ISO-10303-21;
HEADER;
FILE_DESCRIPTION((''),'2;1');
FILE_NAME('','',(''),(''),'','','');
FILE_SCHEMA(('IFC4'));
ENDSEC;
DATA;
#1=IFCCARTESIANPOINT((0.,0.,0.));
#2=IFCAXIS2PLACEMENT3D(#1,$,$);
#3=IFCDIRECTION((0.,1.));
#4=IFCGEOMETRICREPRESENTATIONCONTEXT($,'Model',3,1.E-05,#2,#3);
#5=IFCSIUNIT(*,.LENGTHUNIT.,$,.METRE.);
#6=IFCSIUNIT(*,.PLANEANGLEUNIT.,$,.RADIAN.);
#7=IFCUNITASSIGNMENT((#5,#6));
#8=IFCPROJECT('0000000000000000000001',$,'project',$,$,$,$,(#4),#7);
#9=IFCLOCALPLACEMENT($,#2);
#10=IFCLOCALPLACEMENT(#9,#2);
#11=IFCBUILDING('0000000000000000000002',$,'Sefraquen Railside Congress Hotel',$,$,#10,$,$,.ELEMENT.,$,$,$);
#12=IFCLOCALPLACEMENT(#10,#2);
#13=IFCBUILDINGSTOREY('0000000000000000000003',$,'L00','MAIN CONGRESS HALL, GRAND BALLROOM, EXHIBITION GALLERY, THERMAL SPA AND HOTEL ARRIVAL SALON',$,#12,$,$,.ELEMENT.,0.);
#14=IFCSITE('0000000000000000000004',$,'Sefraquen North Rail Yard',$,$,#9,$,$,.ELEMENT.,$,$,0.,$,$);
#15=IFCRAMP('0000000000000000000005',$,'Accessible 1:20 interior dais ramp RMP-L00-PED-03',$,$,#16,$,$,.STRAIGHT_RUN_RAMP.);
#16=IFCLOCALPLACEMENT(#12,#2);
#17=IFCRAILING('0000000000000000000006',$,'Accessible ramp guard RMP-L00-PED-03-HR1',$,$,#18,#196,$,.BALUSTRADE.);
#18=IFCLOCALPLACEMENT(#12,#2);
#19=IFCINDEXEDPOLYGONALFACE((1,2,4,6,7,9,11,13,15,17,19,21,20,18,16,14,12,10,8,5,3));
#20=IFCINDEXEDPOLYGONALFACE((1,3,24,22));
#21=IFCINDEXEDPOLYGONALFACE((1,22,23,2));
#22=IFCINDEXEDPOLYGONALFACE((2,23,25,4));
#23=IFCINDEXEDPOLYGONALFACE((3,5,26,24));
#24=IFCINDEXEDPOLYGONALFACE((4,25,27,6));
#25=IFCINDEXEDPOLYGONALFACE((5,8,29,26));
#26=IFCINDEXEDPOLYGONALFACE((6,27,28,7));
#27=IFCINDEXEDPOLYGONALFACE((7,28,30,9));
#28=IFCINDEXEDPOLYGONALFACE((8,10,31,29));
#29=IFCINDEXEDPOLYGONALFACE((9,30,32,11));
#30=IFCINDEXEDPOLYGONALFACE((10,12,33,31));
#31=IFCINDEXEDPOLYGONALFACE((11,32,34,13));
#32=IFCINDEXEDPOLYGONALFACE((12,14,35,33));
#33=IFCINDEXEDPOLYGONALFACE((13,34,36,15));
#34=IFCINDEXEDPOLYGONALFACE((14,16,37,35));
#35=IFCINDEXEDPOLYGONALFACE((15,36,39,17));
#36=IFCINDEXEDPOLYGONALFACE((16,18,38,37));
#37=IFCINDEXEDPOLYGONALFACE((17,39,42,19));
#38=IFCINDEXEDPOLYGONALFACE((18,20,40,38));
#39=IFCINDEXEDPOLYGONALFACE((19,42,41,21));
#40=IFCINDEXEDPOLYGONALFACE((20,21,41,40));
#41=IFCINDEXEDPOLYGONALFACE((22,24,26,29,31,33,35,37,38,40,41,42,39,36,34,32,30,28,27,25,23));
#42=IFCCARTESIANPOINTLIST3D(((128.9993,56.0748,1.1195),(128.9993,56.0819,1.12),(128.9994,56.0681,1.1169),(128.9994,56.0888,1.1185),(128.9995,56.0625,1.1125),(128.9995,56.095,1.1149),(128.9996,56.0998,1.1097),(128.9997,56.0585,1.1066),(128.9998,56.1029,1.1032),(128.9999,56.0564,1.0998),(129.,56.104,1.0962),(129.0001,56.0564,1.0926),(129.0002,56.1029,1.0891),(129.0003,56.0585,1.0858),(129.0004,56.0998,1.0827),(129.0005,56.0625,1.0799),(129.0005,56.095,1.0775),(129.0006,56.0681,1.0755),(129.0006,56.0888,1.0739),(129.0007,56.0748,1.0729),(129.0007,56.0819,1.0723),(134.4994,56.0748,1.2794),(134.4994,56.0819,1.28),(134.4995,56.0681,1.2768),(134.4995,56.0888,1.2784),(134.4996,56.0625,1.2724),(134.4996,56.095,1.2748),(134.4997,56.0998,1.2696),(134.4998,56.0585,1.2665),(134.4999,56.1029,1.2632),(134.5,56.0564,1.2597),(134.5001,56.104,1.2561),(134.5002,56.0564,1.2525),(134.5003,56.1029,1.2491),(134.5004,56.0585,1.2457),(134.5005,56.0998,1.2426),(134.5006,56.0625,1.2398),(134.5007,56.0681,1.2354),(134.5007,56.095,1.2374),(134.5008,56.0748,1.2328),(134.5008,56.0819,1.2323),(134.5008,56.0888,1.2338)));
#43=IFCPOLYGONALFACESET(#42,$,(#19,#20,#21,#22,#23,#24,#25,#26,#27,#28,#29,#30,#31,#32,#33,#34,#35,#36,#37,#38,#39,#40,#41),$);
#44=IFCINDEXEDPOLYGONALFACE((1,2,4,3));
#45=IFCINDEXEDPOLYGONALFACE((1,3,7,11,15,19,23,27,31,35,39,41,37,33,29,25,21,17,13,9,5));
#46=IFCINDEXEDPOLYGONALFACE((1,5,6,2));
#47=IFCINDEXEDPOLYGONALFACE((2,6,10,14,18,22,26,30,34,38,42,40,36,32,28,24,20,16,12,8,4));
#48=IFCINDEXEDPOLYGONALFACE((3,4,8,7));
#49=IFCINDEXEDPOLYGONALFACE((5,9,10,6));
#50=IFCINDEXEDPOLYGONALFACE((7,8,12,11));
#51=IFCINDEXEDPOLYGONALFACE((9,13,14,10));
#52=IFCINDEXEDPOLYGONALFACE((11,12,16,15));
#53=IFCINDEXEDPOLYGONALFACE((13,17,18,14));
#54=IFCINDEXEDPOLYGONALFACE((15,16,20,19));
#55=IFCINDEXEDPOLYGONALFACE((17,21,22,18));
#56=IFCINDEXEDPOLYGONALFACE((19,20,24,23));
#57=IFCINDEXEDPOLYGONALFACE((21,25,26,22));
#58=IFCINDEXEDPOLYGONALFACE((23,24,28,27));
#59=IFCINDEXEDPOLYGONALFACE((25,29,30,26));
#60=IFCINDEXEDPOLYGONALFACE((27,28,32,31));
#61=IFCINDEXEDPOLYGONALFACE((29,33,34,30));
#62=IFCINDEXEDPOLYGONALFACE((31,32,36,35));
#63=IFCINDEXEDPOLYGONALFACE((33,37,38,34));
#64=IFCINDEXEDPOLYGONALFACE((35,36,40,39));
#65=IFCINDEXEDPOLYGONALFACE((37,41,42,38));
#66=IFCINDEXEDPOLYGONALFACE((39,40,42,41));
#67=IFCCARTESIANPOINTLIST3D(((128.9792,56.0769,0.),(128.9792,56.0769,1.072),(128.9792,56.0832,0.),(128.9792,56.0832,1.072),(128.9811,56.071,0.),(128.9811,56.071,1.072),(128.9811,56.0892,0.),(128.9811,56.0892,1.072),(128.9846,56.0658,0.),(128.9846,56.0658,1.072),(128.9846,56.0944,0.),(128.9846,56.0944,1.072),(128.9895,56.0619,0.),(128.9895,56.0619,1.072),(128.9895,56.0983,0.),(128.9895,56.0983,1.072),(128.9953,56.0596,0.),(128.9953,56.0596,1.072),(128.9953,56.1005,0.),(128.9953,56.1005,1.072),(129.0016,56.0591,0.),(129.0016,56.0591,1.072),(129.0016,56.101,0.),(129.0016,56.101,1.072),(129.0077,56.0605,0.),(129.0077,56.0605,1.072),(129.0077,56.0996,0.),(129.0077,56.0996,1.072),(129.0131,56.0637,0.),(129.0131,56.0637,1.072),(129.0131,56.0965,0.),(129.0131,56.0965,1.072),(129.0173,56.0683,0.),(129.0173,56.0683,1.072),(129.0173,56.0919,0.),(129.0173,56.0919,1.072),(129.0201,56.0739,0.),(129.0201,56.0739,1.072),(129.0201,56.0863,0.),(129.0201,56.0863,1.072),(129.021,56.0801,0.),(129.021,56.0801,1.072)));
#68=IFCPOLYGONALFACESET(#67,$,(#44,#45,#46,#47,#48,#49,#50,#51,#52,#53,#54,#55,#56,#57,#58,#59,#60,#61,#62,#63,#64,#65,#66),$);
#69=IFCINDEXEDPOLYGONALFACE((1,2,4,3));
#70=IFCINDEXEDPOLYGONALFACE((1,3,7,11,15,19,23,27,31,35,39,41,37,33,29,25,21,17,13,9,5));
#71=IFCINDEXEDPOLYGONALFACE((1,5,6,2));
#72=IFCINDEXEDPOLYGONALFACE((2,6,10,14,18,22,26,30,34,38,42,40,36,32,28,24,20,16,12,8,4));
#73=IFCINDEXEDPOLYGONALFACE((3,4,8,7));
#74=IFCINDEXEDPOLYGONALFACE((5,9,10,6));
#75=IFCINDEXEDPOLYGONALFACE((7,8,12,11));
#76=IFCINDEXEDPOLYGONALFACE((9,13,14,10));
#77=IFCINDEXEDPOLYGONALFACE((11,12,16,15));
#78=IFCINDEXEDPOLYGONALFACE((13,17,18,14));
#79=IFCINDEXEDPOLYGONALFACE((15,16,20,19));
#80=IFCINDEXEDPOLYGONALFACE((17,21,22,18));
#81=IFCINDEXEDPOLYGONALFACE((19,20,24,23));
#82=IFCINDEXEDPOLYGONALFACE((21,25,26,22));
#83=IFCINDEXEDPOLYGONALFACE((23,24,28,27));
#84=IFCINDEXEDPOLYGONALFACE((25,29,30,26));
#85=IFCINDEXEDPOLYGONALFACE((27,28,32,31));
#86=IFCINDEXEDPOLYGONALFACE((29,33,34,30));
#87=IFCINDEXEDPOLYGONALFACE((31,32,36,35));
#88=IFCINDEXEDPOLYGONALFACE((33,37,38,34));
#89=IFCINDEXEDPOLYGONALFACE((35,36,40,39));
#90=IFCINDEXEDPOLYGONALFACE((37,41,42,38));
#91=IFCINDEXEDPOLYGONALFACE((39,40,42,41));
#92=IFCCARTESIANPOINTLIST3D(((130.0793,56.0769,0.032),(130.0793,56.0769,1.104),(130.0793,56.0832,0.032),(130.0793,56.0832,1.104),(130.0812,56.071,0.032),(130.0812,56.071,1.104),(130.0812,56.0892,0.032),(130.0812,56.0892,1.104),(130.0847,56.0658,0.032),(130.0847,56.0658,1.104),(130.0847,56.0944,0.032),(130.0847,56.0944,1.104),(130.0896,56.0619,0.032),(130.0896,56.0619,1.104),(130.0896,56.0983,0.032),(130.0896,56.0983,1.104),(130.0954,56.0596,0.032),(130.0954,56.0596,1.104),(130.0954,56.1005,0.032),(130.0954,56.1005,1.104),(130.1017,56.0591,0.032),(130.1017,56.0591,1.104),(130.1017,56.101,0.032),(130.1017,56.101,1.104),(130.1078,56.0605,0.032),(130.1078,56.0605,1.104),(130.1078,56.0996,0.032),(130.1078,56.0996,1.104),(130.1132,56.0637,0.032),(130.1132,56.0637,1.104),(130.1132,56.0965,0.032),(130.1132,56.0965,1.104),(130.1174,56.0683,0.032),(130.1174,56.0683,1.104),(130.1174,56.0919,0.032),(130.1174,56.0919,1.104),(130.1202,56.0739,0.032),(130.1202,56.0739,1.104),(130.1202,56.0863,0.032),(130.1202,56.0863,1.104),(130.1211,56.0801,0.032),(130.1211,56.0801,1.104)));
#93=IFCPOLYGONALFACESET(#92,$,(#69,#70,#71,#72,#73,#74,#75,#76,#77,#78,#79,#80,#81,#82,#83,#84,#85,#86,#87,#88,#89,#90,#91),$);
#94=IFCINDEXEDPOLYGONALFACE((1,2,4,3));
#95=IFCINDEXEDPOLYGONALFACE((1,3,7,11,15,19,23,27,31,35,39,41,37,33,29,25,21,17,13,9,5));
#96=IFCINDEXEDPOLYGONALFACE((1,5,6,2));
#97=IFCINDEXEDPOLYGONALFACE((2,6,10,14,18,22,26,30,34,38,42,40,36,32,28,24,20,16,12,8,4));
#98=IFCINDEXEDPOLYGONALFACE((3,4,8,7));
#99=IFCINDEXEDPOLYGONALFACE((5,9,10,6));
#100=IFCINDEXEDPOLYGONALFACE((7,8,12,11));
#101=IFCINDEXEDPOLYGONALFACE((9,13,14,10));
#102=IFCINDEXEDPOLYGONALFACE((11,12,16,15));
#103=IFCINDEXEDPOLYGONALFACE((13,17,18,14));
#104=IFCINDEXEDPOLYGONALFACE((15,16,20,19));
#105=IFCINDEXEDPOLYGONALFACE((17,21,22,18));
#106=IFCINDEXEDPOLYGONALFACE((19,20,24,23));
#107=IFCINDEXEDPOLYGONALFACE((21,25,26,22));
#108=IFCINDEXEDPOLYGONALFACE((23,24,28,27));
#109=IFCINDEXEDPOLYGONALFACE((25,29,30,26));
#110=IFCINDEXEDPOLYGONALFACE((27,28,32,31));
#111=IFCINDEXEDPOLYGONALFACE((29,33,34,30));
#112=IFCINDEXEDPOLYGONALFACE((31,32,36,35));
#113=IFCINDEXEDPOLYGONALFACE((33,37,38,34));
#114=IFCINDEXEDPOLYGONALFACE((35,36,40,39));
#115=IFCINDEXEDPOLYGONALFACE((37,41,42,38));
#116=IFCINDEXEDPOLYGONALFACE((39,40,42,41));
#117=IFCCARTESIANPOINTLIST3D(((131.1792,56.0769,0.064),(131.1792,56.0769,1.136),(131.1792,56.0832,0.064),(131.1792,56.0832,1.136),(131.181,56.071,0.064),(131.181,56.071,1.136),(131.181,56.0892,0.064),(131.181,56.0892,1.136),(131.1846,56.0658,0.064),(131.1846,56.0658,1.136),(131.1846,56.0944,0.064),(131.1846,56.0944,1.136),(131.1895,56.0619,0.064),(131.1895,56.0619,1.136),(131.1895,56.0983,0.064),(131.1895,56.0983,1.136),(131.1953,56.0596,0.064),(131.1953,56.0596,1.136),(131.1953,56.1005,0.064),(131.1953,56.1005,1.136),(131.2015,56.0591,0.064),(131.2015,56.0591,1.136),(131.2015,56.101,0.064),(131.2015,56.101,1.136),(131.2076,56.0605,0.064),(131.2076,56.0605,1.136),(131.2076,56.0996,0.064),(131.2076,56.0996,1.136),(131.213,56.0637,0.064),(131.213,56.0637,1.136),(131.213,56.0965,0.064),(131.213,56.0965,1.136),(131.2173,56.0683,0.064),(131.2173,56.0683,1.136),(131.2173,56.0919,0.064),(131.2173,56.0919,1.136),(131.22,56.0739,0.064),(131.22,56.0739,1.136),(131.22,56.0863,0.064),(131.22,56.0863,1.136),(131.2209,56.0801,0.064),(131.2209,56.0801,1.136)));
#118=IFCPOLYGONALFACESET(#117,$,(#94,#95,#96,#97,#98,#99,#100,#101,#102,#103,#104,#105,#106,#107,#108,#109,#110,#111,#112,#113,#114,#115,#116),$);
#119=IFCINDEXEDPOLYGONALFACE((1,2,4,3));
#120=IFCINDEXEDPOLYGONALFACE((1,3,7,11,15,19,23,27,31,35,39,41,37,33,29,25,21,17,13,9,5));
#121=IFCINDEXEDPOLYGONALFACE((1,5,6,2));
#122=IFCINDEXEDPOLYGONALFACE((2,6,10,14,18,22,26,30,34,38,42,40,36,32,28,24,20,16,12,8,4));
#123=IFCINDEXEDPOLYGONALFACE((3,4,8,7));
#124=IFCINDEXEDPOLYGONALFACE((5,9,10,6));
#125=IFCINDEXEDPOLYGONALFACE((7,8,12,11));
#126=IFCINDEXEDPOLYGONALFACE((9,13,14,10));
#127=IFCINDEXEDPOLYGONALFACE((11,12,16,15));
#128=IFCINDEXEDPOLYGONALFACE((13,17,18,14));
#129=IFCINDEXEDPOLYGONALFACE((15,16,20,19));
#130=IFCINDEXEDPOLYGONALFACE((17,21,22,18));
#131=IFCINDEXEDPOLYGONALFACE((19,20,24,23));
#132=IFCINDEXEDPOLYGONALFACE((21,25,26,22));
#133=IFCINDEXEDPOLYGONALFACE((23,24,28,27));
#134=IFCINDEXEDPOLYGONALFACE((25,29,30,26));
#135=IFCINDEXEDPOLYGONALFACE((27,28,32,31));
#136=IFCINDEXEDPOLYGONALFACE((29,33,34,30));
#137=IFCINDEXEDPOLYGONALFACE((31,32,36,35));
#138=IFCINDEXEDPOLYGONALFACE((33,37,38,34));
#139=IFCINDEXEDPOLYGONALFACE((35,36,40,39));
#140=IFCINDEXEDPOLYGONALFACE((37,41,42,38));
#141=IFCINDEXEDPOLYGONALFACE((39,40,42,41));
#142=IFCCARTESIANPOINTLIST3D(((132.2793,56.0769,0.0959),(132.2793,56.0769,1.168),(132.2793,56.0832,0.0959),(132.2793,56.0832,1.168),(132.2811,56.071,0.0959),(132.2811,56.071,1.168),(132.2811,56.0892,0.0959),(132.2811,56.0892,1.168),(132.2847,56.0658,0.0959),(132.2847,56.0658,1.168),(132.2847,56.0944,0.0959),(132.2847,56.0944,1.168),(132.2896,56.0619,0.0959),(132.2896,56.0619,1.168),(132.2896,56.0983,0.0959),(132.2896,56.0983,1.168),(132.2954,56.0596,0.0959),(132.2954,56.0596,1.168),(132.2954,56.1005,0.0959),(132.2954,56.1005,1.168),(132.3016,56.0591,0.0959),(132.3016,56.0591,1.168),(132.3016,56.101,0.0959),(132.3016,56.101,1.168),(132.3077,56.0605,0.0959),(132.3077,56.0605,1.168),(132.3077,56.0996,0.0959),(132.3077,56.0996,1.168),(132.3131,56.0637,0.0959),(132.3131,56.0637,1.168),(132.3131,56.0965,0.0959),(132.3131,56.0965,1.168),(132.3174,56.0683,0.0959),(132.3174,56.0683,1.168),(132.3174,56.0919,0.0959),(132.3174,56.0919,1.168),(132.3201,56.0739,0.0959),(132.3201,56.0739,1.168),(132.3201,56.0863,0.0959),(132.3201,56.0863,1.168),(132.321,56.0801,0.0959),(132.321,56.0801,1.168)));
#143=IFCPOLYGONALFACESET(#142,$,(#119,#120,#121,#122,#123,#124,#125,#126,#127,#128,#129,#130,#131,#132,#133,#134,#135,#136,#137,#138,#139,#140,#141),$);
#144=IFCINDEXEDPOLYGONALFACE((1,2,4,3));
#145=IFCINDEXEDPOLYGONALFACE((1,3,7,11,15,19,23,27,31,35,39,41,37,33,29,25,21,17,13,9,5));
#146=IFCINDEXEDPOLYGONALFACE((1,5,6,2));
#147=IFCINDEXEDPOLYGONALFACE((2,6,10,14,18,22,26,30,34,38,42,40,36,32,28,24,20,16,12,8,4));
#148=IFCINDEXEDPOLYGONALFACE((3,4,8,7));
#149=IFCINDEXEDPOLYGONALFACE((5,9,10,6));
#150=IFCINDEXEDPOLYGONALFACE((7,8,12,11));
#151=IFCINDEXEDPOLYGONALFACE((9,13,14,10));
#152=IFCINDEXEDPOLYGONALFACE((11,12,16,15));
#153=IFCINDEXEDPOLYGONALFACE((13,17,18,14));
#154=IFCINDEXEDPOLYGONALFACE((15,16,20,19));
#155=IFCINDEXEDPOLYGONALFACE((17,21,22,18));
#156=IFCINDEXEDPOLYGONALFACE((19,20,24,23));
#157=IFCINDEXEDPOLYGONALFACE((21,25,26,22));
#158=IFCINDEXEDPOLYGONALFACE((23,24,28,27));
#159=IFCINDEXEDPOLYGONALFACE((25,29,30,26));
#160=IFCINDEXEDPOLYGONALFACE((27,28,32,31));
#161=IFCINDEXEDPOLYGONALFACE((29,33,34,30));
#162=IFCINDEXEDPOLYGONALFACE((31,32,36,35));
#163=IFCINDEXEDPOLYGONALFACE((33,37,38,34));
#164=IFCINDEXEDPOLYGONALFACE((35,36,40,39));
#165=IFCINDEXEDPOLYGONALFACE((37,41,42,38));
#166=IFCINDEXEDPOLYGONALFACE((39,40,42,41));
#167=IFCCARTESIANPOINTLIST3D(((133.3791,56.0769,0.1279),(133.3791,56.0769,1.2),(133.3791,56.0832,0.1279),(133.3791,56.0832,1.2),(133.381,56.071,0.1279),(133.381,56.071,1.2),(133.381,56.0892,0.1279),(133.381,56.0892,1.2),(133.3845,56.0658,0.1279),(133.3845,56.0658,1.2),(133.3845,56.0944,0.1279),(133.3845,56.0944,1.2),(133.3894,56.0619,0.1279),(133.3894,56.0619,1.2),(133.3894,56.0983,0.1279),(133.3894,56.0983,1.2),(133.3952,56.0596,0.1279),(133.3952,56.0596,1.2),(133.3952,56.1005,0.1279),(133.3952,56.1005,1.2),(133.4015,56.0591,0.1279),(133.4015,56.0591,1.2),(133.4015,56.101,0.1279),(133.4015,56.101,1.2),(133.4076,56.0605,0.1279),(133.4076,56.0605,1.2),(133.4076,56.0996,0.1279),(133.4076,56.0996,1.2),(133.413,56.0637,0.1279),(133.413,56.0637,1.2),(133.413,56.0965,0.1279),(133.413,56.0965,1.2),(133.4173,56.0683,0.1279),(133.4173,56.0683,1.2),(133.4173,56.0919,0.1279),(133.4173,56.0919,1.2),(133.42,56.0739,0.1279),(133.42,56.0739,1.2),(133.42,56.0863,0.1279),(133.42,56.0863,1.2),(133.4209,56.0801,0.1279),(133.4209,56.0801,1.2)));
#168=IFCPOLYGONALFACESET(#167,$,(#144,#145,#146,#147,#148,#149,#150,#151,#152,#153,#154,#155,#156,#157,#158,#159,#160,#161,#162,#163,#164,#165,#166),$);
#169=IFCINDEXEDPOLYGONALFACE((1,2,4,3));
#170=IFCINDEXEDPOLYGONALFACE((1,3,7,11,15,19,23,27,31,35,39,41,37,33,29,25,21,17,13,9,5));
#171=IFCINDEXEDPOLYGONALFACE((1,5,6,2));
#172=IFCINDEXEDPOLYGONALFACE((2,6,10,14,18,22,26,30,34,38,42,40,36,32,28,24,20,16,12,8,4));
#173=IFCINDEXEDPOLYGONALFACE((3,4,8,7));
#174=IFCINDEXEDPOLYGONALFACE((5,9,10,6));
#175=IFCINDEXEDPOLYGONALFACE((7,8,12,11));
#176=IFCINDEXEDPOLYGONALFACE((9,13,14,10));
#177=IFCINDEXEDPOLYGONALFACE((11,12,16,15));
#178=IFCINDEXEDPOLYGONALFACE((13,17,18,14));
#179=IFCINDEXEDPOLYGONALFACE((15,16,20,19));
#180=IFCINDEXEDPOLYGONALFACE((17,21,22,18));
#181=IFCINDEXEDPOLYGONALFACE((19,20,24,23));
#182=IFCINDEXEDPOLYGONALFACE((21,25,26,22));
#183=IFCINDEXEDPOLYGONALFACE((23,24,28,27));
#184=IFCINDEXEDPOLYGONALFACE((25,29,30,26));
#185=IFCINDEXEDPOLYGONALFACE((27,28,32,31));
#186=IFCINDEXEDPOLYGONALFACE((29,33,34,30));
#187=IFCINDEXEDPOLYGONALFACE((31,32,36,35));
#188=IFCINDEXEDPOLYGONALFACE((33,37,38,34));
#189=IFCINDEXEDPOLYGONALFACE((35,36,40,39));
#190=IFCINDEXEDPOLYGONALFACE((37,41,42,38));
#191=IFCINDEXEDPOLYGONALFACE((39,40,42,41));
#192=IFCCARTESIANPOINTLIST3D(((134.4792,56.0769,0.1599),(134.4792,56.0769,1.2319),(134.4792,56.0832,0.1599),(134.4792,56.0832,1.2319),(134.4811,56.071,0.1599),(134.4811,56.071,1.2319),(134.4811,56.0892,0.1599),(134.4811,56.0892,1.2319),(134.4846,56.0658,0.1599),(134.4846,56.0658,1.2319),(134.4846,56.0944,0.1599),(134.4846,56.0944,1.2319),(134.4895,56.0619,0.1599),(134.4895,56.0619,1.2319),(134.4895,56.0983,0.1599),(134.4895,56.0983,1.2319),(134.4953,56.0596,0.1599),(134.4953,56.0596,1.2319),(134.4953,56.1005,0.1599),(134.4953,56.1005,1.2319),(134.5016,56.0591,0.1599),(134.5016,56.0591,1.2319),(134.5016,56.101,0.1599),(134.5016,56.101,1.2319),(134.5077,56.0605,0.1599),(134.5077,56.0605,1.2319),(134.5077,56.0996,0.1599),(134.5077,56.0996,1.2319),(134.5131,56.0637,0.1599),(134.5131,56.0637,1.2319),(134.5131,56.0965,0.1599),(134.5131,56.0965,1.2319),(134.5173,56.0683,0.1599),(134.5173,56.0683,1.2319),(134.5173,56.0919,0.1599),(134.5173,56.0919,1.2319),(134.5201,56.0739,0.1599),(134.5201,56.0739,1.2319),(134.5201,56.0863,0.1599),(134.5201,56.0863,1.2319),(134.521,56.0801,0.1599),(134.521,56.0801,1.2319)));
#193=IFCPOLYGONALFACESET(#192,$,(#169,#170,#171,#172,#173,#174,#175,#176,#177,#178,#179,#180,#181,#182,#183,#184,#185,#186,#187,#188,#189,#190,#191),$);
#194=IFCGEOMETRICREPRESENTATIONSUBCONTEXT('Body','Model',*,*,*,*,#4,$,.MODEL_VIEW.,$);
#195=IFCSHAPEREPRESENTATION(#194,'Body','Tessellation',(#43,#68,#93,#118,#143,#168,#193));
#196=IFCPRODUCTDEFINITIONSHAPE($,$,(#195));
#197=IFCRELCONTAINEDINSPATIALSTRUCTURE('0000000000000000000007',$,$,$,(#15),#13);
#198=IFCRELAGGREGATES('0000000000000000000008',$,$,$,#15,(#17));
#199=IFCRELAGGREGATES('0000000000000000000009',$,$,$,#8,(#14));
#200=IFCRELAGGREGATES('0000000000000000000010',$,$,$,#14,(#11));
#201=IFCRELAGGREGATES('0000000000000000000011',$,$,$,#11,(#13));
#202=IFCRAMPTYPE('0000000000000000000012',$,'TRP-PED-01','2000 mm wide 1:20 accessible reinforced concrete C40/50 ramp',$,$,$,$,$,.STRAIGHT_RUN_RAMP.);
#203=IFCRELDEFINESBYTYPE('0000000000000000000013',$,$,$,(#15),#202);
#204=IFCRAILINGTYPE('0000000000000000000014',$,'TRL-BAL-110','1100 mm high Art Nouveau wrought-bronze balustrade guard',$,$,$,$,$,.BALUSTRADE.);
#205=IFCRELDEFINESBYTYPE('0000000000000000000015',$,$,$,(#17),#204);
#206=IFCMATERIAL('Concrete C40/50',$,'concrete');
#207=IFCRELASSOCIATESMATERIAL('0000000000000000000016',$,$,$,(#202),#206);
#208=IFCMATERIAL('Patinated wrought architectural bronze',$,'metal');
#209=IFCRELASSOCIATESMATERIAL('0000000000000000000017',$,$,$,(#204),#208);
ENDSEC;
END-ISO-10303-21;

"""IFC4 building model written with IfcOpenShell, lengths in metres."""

from ifc_helpers import new_model, si_unit, direction, frame, origin, origin_2d, place, context, subcontext, project, spatial, circle, extrude, material, type_object, element, aggregate, save


model = new_model("IFC4")

# Units and contexts
model_context = context("Model", 3, precision=1e-05, world=origin(), true_north=direction((0.0, 1.0)))
body_context = subcontext(model_context, "Body", "Model", "MODEL_VIEW")
ifc_project = project(units=[si_unit("LENGTHUNIT", "METRE"), si_unit("PLANEANGLEUNIT", "RADIAN")], contexts=[model_context])

# Site, building, storey
site_placement = place(None, origin())
site = spatial("IfcSite", under=ifc_project, at=site_placement, Name="Sefraquen North Rail Yard", CompositionType="ELEMENT", RefElevation=0.0)
building_placement = place(site_placement, origin())
building = spatial("IfcBuilding", under=site, at=building_placement, Name="Sefraquen Railside Congress Hotel", CompositionType="ELEMENT")
storey_placement = place(building_placement, origin())
storey = spatial("IfcBuildingStorey", under=building, at=storey_placement, Name="L00", Description="MAIN CONGRESS HALL, GRAND BALLROOM, EXHIBITION GALLERY, THERMAL SPA AND HOTEL ARRIVAL SALON", CompositionType="ELEMENT", Elevation=0.0)

# Ramp, railing
ifc_material_1 = material(Name="Concrete C40/50", Category="concrete")
ramp_type = type_object("IfcRampType", Name="TRP-PED-01", Description="2000 mm wide 1:20 accessible reinforced concrete C40/50 ramp", PredefinedType="STRAIGHT_RUN_RAMP", material=ifc_material_1)
ramp_placement = place(storey_placement, origin())
ramp = element("IfcRamp", 1, at=ramp_placement, inside=storey, type_object=ramp_type, Name="Accessible 1:20 interior dais ramp RMP-L00-PED-03", PredefinedType="STRAIGHT_RUN_RAMP")
ifc_material_2 = material(Name="Patinated wrought architectural bronze", Category="metal")
railing_type = type_object("IfcRailingType", Name="TRL-BAL-110", Description="1100 mm high Art Nouveau wrought-bronze balustrade guard", PredefinedType="BALUSTRADE", material=ifc_material_2)
railing_1_placement = place(storey_placement, frame((129.0, 56.0801, 0.0)))
railing_1 = element("IfcRailing", 2, at=railing_1_placement, type_object=railing_type, Name="Accessible ramp guard RMP-L00-PED-03-HR1", PredefinedType="BALUSTRADE", context=body_context, shape_type="SweptSolid", body=[
    extrude(circle(Radius=0.0239, at=origin_2d()), frame((0.0, 0.0, 1.0962), z_axis=(0.999578, 0.0, 0.029063), x_axis=(0.0, 1.0, 0.0)), (0.0, 0.0, 1.0), 5.5024),
    extrude(circle(Radius=0.021, at=origin_2d()), origin(), (0.0, 0.0, 1.0), 1.072),
    extrude(circle(Radius=0.021, at=origin_2d()), frame((1.1001, 0.0, 0.032)), (0.0, 0.0, 1.0), 1.072),
    extrude(circle(Radius=0.021, at=origin_2d()), frame((2.2, 0.0, 0.064)), (0.0, 0.0, 1.0), 1.072),
    extrude(circle(Radius=0.021, at=origin_2d()), frame((3.3, 0.0, 0.0959)), (0.0, 0.0, 1.0), 1.072),
    extrude(circle(Radius=0.021, at=origin_2d()), frame((4.3999, 0.0, 0.1279)), (0.0, 0.0, 1.0), 1.072),
    extrude(circle(Radius=0.021, at=origin_2d()), frame((5.5, 0.0, 0.1599)), (0.0, 0.0, 1.0), 1.072),
])
aggregate(ramp, [railing_1])

save(model, "model.ifc")
